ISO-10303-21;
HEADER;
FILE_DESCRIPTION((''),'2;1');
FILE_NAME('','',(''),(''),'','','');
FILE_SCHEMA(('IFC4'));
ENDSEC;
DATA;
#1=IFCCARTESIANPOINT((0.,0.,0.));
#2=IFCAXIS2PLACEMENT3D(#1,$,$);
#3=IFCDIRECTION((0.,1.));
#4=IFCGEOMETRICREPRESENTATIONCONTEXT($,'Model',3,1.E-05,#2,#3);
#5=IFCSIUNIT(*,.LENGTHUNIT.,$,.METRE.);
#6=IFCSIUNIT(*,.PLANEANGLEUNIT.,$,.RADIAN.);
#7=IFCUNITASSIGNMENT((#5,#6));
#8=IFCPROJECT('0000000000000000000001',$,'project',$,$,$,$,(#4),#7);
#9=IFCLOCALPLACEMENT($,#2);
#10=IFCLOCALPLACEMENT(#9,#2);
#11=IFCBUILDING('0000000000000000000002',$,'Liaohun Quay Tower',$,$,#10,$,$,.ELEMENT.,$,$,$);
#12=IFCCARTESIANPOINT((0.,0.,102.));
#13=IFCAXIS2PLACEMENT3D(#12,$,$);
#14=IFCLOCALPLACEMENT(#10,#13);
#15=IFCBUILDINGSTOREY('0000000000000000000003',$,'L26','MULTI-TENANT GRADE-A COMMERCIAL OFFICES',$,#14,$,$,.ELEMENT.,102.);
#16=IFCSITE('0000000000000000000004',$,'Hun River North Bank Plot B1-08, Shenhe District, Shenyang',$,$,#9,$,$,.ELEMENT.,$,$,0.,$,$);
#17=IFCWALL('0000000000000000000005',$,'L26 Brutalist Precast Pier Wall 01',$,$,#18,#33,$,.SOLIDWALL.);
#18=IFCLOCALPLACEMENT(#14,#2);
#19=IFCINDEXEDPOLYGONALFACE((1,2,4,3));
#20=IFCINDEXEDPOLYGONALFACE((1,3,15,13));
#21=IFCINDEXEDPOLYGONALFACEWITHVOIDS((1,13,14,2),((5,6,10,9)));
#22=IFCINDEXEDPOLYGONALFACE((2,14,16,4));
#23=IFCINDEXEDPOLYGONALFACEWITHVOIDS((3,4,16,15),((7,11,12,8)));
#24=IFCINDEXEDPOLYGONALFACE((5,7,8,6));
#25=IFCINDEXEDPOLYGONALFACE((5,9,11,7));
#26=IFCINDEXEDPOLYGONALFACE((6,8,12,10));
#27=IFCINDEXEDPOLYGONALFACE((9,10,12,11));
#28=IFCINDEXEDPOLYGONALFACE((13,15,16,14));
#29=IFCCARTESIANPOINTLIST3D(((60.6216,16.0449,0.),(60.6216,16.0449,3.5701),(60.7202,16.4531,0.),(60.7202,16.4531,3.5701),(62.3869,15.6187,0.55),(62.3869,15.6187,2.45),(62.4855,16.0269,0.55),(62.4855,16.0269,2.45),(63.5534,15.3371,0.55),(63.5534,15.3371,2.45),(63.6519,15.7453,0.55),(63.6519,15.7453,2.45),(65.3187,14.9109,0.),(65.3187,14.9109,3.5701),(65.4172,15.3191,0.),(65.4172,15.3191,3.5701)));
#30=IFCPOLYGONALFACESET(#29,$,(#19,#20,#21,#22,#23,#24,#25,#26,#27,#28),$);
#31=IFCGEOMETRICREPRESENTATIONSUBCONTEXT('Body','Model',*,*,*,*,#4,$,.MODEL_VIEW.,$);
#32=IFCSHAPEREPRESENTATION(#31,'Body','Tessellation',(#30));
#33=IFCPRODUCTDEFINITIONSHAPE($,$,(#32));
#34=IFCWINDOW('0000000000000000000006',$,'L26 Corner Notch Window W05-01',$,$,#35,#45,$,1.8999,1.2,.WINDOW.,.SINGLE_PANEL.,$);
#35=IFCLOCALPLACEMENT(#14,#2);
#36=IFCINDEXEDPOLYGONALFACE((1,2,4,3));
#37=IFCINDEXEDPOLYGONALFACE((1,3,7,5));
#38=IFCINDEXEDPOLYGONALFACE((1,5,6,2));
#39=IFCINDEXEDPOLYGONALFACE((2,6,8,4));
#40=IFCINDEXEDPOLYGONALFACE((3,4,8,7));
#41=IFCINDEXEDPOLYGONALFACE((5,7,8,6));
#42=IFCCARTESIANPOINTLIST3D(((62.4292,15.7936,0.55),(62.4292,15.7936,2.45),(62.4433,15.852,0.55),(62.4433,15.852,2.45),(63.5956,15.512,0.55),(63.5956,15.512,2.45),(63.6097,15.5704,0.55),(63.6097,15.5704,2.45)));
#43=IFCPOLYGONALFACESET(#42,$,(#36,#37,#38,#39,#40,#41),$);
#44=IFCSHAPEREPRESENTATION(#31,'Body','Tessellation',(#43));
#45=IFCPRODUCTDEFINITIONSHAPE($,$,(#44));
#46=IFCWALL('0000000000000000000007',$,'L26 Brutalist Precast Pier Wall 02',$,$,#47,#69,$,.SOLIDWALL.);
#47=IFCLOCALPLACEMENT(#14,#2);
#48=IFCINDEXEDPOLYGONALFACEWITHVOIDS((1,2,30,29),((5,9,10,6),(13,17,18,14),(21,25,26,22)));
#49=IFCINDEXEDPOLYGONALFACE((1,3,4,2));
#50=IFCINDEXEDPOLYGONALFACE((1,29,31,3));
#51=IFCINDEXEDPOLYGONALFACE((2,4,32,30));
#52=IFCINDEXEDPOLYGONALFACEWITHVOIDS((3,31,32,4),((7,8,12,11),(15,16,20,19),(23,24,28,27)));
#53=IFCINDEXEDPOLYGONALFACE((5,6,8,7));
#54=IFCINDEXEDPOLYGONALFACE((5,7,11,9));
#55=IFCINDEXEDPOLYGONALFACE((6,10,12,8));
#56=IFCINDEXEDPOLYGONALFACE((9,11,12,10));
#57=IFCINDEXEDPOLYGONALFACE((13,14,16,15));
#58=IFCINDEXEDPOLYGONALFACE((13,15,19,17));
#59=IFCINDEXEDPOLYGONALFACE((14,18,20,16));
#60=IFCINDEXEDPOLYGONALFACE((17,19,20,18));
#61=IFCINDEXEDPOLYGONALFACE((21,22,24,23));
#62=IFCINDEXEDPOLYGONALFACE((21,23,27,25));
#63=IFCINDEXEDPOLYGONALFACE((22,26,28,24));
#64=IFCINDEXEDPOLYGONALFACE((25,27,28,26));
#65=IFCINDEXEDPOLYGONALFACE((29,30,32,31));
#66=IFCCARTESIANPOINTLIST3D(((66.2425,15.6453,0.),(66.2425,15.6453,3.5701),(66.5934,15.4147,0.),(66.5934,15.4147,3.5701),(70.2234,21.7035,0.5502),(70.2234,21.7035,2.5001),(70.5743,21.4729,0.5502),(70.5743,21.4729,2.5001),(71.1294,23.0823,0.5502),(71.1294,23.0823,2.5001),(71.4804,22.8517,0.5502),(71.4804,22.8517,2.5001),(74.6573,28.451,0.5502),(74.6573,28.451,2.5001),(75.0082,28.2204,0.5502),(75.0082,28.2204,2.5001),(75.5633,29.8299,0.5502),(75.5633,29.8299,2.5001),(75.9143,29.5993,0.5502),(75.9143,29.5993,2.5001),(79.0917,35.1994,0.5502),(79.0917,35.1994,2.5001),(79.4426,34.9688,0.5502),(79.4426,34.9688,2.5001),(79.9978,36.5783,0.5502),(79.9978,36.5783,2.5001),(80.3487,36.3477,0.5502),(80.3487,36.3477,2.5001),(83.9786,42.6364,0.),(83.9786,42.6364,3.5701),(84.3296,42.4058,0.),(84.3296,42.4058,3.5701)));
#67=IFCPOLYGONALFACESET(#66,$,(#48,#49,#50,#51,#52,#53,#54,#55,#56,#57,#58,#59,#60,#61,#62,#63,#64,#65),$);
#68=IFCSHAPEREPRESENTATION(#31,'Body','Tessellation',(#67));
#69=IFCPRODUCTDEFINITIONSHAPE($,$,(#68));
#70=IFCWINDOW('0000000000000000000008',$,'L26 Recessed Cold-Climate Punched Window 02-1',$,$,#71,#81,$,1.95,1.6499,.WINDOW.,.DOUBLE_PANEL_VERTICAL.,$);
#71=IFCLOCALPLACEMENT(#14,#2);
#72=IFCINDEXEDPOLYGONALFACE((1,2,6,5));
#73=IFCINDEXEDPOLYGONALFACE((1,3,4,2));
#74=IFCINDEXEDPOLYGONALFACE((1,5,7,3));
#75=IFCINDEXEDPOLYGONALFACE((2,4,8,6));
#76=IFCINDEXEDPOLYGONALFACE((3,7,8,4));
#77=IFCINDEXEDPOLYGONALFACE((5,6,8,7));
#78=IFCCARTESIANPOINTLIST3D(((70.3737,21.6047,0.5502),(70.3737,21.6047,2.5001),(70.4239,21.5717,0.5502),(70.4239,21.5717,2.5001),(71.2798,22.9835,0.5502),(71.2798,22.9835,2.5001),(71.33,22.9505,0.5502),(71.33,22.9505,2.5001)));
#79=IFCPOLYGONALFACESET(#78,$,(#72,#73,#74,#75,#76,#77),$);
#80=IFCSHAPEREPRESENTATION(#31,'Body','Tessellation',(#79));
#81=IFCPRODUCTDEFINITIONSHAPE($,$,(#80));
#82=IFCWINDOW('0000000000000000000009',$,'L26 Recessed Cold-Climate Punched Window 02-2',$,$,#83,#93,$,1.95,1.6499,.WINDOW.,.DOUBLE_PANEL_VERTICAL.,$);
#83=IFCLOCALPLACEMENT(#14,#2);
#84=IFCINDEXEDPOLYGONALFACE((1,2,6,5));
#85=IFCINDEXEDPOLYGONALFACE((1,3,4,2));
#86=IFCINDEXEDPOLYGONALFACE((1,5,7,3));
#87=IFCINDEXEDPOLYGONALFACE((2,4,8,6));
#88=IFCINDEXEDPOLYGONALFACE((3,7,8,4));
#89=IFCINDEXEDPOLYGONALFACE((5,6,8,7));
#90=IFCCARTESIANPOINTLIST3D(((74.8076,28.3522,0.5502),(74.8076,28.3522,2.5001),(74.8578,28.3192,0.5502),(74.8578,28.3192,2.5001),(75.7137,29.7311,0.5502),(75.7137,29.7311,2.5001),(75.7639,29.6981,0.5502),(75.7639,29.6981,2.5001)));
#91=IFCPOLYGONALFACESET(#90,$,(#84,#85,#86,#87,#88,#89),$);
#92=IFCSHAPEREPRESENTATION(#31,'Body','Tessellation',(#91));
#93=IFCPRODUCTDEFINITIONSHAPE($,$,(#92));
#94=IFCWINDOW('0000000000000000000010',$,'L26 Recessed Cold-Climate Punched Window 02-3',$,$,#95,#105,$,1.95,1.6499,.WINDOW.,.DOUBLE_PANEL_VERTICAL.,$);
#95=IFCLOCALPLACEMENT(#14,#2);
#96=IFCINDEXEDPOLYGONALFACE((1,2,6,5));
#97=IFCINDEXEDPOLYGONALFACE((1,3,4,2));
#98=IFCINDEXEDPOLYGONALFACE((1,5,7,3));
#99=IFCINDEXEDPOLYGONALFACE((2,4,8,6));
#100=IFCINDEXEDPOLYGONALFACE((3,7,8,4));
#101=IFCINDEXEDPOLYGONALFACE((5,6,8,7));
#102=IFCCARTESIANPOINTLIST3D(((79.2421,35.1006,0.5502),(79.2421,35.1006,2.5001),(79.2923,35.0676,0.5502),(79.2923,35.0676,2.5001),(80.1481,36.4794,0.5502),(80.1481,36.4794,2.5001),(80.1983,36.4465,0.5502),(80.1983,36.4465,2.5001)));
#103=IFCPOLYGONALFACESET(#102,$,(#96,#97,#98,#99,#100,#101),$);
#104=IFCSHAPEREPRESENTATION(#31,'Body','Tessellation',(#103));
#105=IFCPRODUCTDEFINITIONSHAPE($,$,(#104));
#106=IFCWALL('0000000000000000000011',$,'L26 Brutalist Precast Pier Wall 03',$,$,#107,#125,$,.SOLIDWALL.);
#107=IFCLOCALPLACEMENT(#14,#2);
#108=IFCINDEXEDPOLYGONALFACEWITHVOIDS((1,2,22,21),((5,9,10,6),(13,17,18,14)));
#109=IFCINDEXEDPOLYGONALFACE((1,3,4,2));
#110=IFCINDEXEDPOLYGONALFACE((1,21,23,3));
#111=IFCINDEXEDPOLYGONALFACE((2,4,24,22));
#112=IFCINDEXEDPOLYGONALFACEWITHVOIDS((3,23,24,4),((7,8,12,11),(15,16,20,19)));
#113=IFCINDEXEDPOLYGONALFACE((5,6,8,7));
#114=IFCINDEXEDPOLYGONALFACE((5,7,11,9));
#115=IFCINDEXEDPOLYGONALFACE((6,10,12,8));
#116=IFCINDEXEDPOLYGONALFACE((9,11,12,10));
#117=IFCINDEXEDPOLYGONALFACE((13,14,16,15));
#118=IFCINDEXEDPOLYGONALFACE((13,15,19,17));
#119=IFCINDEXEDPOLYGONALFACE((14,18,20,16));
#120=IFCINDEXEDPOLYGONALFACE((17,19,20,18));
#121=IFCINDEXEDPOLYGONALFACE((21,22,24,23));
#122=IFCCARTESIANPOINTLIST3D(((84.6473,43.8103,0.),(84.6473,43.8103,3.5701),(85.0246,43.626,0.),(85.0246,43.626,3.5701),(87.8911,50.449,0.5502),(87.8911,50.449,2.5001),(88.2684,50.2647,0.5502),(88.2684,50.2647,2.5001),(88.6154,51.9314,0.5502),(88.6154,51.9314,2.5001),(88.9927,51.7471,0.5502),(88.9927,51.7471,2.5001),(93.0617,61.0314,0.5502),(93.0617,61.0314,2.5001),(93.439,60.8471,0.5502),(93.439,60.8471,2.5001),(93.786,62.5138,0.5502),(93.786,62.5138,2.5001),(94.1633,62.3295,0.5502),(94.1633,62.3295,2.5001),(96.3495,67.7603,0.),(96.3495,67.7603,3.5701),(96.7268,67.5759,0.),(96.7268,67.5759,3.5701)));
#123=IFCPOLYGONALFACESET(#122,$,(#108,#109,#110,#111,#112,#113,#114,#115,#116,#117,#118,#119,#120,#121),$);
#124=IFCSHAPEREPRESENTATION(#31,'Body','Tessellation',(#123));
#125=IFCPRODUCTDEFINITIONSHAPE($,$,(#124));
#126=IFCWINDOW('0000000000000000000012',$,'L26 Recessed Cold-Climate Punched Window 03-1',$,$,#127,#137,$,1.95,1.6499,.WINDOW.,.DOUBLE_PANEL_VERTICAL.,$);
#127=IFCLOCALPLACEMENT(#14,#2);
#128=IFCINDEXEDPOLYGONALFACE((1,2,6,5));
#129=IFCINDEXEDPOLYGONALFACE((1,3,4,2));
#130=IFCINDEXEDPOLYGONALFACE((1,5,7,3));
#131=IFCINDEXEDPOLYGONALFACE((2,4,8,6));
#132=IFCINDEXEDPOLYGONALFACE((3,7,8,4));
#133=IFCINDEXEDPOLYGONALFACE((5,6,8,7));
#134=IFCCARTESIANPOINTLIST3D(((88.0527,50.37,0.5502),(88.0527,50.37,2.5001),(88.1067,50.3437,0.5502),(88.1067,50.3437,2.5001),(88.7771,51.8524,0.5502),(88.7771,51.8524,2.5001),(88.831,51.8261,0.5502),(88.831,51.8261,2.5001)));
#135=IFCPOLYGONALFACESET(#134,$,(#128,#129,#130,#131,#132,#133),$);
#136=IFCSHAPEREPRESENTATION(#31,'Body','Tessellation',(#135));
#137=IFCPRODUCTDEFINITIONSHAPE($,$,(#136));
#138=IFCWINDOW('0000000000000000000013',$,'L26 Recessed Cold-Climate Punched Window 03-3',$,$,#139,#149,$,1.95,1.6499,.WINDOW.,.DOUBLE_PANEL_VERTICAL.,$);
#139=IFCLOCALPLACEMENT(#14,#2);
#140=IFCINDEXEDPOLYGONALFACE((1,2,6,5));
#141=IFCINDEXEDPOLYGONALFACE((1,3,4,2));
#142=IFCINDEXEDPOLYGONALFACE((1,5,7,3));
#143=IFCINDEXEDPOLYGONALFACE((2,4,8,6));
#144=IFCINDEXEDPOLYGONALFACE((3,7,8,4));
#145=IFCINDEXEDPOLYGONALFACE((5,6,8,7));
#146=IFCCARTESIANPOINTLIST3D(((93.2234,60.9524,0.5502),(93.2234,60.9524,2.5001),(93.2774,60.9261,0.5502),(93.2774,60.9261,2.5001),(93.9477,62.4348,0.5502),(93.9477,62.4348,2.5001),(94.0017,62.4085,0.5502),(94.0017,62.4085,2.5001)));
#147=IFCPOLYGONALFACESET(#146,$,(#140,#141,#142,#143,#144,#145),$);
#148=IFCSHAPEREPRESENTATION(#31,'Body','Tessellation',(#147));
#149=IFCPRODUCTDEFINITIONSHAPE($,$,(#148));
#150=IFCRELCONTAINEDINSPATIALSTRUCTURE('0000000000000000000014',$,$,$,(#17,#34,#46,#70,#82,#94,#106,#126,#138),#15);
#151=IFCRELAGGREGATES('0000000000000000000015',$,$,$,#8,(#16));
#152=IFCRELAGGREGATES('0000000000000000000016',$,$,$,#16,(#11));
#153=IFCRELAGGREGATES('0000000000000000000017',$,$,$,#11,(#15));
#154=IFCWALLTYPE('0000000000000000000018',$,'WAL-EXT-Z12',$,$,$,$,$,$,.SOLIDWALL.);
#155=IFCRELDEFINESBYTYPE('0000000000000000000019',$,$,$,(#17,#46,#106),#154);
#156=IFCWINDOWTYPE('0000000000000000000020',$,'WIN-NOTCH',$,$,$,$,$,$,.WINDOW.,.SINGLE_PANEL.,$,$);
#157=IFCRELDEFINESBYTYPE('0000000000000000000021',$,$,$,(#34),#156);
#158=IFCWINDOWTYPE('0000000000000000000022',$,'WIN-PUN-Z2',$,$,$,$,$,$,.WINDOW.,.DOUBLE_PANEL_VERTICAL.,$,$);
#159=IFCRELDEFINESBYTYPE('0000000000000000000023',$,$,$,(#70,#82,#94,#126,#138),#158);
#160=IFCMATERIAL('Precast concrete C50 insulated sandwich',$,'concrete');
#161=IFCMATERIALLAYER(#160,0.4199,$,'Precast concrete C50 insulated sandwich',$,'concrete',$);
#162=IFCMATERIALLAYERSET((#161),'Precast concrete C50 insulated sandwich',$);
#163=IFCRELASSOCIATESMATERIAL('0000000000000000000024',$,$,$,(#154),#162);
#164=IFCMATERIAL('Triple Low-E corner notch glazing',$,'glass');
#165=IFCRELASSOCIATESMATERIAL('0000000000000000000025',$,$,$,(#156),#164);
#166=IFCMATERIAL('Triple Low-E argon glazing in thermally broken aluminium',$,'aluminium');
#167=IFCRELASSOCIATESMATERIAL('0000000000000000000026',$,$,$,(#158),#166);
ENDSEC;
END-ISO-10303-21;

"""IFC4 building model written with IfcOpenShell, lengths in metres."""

from ifc_helpers import new_model, si_unit, direction, frame, frame_2d, origin, place, context, subcontext, project, spatial, rectangle, extrude, source, transform, mapped, material, layer, layer_set, type_object, element, fill, save


model = new_model("IFC4")

# Units and contexts
model_context = context("Model", 3, precision=1e-05, world=origin(), true_north=direction((0.0, 1.0)))
body_context = subcontext(model_context, "Body", "Model", "MODEL_VIEW")
ifc_project = project(units=[si_unit("LENGTHUNIT", "METRE"), si_unit("PLANEANGLEUNIT", "RADIAN")], contexts=[model_context])

# Site, building, storey
site_placement = place(None, origin())
site = spatial("IfcSite", under=ifc_project, at=site_placement, Name="Hun River North Bank Plot B1-08, Shenhe District, Shenyang", CompositionType="ELEMENT", RefElevation=0.0)
building_placement = place(site_placement, origin())
building = spatial("IfcBuilding", under=site, at=building_placement, Name="Liaohun Quay Tower", CompositionType="ELEMENT")
storey_placement = place(building_placement, frame((0.0, 0.0, 102.0)))
storey = spatial("IfcBuildingStorey", under=building, at=storey_placement, Name="L26", Description="MULTI-TENANT GRADE-A COMMERCIAL OFFICES", CompositionType="ELEMENT", Elevation=102.0)

# Wall, opening, window
ifc_material_1 = material(Name="Precast concrete C50 insulated sandwich", Category="concrete")
ifc_layer_1 = layer(ifc_material_1, 0.4199, Name="Precast concrete C50 insulated sandwich", Category="concrete")
ifc_layer_set_1 = layer_set([ifc_layer_1], Name="Precast concrete C50 insulated sandwich")
wall_type_1 = type_object("IfcWallType", Name="WAL-EXT-Z12", PredefinedType="SOLIDWALL", material=ifc_layer_set_1)
wall_1_placement = place(storey_placement, frame((60.6709, 16.249, 0.0), z_axis=(0.0, 0.0, 1.0), x_axis=(0.972069, -0.234693, 0.0)))
wall_1 = element("IfcWall", 1, at=wall_1_placement, inside=storey, type_object=wall_type_1, Name="L26 Brutalist Precast Pier Wall 01", PredefinedType="SOLIDWALL", context=body_context, shape_type="SweptSolid", body=[
    extrude(rectangle(XDim=4.832, YDim=0.4199, at=frame_2d((2.416, 0.0))), origin(), (0.0, 0.0, 1.0), 3.5701),
])
shared_shape_1 = source(origin(), body_context, "Body", "SweptSolid", [
    extrude(rectangle(XDim=1.2, YDim=1.8999, at=frame_2d((0.6001, 0.95))), frame((0.0, 0.22, 0.0), z_axis=(0.0, -1.0, 0.0), x_axis=(1.0, 0.0, 0.0)), (0.0, 0.0, 1.0), 0.4399),
])
opening_1_placement = place(wall_1_placement, frame((1.8159, 0.0, 0.55)))
opening_1 = element("IfcOpeningElement", 2, at=opening_1_placement, cuts=wall_1, PredefinedType="OPENING", context=body_context, shape_type="MappedRepresentation", body=[
    mapped(shared_shape_1, transform((0.0, 0.0, 0.0), x_axis=(1.0, 0.0, 0.0), y_axis=(0.0, 1.0, 0.0), z_axis=(0.0, 0.0, 1.0), scale=1.0)),
])
ifc_material_2 = material(Name="Triple Low-E corner notch glazing", Category="glass")
window_type_1 = type_object("IfcWindowType", Name="WIN-NOTCH", PartitioningType="SINGLE_PANEL", PredefinedType="WINDOW", material=ifc_material_2)
shared_shape_2 = source(origin(), body_context, "Body", "SweptSolid", [
    extrude(rectangle(XDim=1.2, YDim=1.8999, at=frame_2d((0.6001, 0.95))), frame((0.0, 0.03, 0.0), z_axis=(0.0, -1.0, 0.0), x_axis=(1.0, 0.0, 0.0)), (0.0, 0.0, 1.0), 0.0601),
])
window_1_placement = place(opening_1_placement, origin())
window_1 = element("IfcWindow", 3, at=window_1_placement, inside=storey, type_object=window_type_1, Name="L26 Corner Notch Window W05-01", OverallHeight=1.8999, OverallWidth=1.2, PartitioningType="SINGLE_PANEL", PredefinedType="WINDOW", context=body_context, shape_type="MappedRepresentation", body=[
    mapped(shared_shape_2, transform((0.0, 0.0, 0.0), x_axis=(1.0, 0.0, 0.0), y_axis=(0.0, 1.0, 0.0), z_axis=(0.0, 0.0, 1.0), scale=1.0)),
])
fill(opening_1, window_1)

# Walls, openings, windows
wall_2_placement = place(storey_placement, frame((66.418, 15.53, 0.0), z_axis=(0.0, 0.0, 1.0), x_axis=(0.54916, 0.835717, 0.0)))
wall_2 = element("IfcWall", 4, at=wall_2_placement, inside=storey, type_object=wall_type_1, Name="L26 Brutalist Precast Pier Wall 02", PredefinedType="SOLIDWALL", context=body_context, shape_type="SweptSolid", body=[
    extrude(rectangle(XDim=32.2969, YDim=0.4199, at=frame_2d((16.1484, 0.0))), origin(), (0.0, 0.0, 1.0), 3.5701),
])
shared_shape_3 = source(origin(), body_context, "Body", "SweptSolid", [
    extrude(rectangle(XDim=1.6499, YDim=1.95, at=frame_2d((0.825, 0.9751))), frame((0.0, 0.22, 0.0), z_axis=(0.0, -1.0, 0.0), x_axis=(1.0, 0.0, 0.0)), (0.0, 0.0, 1.0), 0.4399),
])
opening_2_placement = place(wall_2_placement, frame((7.249, 0.0, 0.55)))
opening_2 = element("IfcOpeningElement", 5, at=opening_2_placement, cuts=wall_2, PredefinedType="OPENING", context=body_context, shape_type="MappedRepresentation", body=[
    mapped(shared_shape_3, transform((0.0, 0.0, 0.0), x_axis=(1.0, 0.0, 0.0), y_axis=(0.0, 1.0, 0.0), z_axis=(0.0, 0.0, 1.0), scale=1.0)),
])
opening_3_placement = place(wall_2_placement, frame((15.323, 0.0, 0.55)))
opening_3 = element("IfcOpeningElement", 6, at=opening_3_placement, cuts=wall_2, PredefinedType="OPENING", context=body_context, shape_type="MappedRepresentation", body=[
    mapped(shared_shape_3, transform((0.0, 0.0, 0.0), x_axis=(1.0, 0.0, 0.0), y_axis=(0.0, 1.0, 0.0), z_axis=(0.0, 0.0, 1.0), scale=1.0)),
])
opening_4_placement = place(wall_2_placement, frame((23.3979, 0.0, 0.55)))
opening_4 = element("IfcOpeningElement", 7, at=opening_4_placement, cuts=wall_2, PredefinedType="OPENING", context=body_context, shape_type="MappedRepresentation", body=[
    mapped(shared_shape_3, transform((0.0, 0.0, 0.0), x_axis=(1.0, 0.0, 0.0), y_axis=(0.0, 1.0, 0.0), z_axis=(0.0, 0.0, 1.0), scale=1.0)),
])
ifc_material_3 = material(Name="Triple Low-E argon glazing in thermally broken aluminium", Category="aluminium")
window_type_2 = type_object("IfcWindowType", Name="WIN-PUN-Z2", PartitioningType="DOUBLE_PANEL_VERTICAL", PredefinedType="WINDOW", material=ifc_material_3)
shared_shape_4 = source(origin(), body_context, "Body", "SweptSolid", [
    extrude(rectangle(XDim=1.6499, YDim=1.95, at=frame_2d((0.825, 0.9751))), frame((0.0, 0.03, 0.0), z_axis=(0.0, -1.0, 0.0), x_axis=(1.0, 0.0, 0.0)), (0.0, 0.0, 1.0), 0.0601),
])
window_2_placement = place(opening_2_placement, origin())
window_2 = element("IfcWindow", 8, at=window_2_placement, inside=storey, type_object=window_type_2, Name="L26 Recessed Cold-Climate Punched Window 02-1", OverallHeight=1.95, OverallWidth=1.6499, PartitioningType="DOUBLE_PANEL_VERTICAL", PredefinedType="WINDOW", context=body_context, shape_type="MappedRepresentation", body=[
    mapped(shared_shape_4, transform((0.0, 0.0, 0.0), x_axis=(1.0, 0.0, 0.0), y_axis=(0.0, 1.0, 0.0), z_axis=(0.0, 0.0, 1.0), scale=1.0)),
])
fill(opening_2, window_2)
window_3_placement = place(opening_3_placement, origin())
window_3 = element("IfcWindow", 9, at=window_3_placement, inside=storey, type_object=window_type_2, Name="L26 Recessed Cold-Climate Punched Window 02-2", OverallHeight=1.95, OverallWidth=1.6499, PartitioningType="DOUBLE_PANEL_VERTICAL", PredefinedType="WINDOW", context=body_context, shape_type="MappedRepresentation", body=[
    mapped(shared_shape_4, transform((0.0, 0.0, 0.0), x_axis=(1.0, 0.0, 0.0), y_axis=(0.0, 1.0, 0.0), z_axis=(0.0, 0.0, 1.0), scale=1.0)),
])
fill(opening_3, window_3)
window_4_placement = place(opening_4_placement, origin())
window_4 = element("IfcWindow", 10, at=window_4_placement, inside=storey, type_object=window_type_2, Name="L26 Recessed Cold-Climate Punched Window 02-3", OverallHeight=1.95, OverallWidth=1.6499, PartitioningType="DOUBLE_PANEL_VERTICAL", PredefinedType="WINDOW", context=body_context, shape_type="MappedRepresentation", body=[
    mapped(shared_shape_4, transform((0.0, 0.0, 0.0), x_axis=(1.0, 0.0, 0.0), y_axis=(0.0, 1.0, 0.0), z_axis=(0.0, 0.0, 1.0), scale=1.0)),
])
fill(opening_4, window_4)
wall_3_placement = place(storey_placement, frame((84.8359, 43.718, 0.0), z_axis=(0.0, 0.0, 1.0), x_axis=(0.439007, 0.898484, 0.0)))
wall_3 = element("IfcWall", 11, at=wall_3_placement, inside=storey, type_object=wall_type_1, Name="L26 Brutalist Precast Pier Wall 03", PredefinedType="SOLIDWALL", context=body_context, shape_type="SweptSolid", body=[
    extrude(rectangle(XDim=26.656, YDim=0.4199, at=frame_2d((13.3281, 0.0))), origin(), (0.0, 0.0, 1.0), 3.5701),
])
opening_5_placement = place(wall_3_placement, frame((7.3889, 0.0, 0.55)))
opening_5 = element("IfcOpeningElement", 12, at=opening_5_placement, cuts=wall_3, PredefinedType="OPENING", context=body_context, shape_type="MappedRepresentation", body=[
    mapped(shared_shape_3, transform((0.0, 0.0, 0.0), x_axis=(1.0, 0.0, 0.0), y_axis=(0.0, 1.0, 0.0), z_axis=(0.0, 0.0, 1.0), scale=1.0)),
])
opening_6_placement = place(wall_3_placement, frame((19.167, 0.0, 0.55)))
opening_6 = element("IfcOpeningElement", 13, at=opening_6_placement, cuts=wall_3, PredefinedType="OPENING", context=body_context, shape_type="MappedRepresentation", body=[
    mapped(shared_shape_3, transform((0.0, 0.0, 0.0), x_axis=(1.0, 0.0, 0.0), y_axis=(0.0, 1.0, 0.0), z_axis=(0.0, 0.0, 1.0), scale=1.0)),
])
window_5_placement = place(opening_5_placement, origin())
window_5 = element("IfcWindow", 14, at=window_5_placement, inside=storey, type_object=window_type_2, Name="L26 Recessed Cold-Climate Punched Window 03-1", OverallHeight=1.95, OverallWidth=1.6499, PartitioningType="DOUBLE_PANEL_VERTICAL", PredefinedType="WINDOW", context=body_context, shape_type="MappedRepresentation", body=[
    mapped(shared_shape_4, transform((0.0, 0.0, 0.0), x_axis=(1.0, 0.0, 0.0), y_axis=(0.0, 1.0, 0.0), z_axis=(0.0, 0.0, 1.0), scale=1.0)),
])
fill(opening_5, window_5)
window_6_placement = place(opening_6_placement, origin())
window_6 = element("IfcWindow", 15, at=window_6_placement, inside=storey, type_object=window_type_2, Name="L26 Recessed Cold-Climate Punched Window 03-3", OverallHeight=1.95, OverallWidth=1.6499, PartitioningType="DOUBLE_PANEL_VERTICAL", PredefinedType="WINDOW", context=body_context, shape_type="MappedRepresentation", body=[
    mapped(shared_shape_4, transform((0.0, 0.0, 0.0), x_axis=(1.0, 0.0, 0.0), y_axis=(0.0, 1.0, 0.0), z_axis=(0.0, 0.0, 1.0), scale=1.0)),
])
fill(opening_6, window_6)

save(model, "model.ifc")
